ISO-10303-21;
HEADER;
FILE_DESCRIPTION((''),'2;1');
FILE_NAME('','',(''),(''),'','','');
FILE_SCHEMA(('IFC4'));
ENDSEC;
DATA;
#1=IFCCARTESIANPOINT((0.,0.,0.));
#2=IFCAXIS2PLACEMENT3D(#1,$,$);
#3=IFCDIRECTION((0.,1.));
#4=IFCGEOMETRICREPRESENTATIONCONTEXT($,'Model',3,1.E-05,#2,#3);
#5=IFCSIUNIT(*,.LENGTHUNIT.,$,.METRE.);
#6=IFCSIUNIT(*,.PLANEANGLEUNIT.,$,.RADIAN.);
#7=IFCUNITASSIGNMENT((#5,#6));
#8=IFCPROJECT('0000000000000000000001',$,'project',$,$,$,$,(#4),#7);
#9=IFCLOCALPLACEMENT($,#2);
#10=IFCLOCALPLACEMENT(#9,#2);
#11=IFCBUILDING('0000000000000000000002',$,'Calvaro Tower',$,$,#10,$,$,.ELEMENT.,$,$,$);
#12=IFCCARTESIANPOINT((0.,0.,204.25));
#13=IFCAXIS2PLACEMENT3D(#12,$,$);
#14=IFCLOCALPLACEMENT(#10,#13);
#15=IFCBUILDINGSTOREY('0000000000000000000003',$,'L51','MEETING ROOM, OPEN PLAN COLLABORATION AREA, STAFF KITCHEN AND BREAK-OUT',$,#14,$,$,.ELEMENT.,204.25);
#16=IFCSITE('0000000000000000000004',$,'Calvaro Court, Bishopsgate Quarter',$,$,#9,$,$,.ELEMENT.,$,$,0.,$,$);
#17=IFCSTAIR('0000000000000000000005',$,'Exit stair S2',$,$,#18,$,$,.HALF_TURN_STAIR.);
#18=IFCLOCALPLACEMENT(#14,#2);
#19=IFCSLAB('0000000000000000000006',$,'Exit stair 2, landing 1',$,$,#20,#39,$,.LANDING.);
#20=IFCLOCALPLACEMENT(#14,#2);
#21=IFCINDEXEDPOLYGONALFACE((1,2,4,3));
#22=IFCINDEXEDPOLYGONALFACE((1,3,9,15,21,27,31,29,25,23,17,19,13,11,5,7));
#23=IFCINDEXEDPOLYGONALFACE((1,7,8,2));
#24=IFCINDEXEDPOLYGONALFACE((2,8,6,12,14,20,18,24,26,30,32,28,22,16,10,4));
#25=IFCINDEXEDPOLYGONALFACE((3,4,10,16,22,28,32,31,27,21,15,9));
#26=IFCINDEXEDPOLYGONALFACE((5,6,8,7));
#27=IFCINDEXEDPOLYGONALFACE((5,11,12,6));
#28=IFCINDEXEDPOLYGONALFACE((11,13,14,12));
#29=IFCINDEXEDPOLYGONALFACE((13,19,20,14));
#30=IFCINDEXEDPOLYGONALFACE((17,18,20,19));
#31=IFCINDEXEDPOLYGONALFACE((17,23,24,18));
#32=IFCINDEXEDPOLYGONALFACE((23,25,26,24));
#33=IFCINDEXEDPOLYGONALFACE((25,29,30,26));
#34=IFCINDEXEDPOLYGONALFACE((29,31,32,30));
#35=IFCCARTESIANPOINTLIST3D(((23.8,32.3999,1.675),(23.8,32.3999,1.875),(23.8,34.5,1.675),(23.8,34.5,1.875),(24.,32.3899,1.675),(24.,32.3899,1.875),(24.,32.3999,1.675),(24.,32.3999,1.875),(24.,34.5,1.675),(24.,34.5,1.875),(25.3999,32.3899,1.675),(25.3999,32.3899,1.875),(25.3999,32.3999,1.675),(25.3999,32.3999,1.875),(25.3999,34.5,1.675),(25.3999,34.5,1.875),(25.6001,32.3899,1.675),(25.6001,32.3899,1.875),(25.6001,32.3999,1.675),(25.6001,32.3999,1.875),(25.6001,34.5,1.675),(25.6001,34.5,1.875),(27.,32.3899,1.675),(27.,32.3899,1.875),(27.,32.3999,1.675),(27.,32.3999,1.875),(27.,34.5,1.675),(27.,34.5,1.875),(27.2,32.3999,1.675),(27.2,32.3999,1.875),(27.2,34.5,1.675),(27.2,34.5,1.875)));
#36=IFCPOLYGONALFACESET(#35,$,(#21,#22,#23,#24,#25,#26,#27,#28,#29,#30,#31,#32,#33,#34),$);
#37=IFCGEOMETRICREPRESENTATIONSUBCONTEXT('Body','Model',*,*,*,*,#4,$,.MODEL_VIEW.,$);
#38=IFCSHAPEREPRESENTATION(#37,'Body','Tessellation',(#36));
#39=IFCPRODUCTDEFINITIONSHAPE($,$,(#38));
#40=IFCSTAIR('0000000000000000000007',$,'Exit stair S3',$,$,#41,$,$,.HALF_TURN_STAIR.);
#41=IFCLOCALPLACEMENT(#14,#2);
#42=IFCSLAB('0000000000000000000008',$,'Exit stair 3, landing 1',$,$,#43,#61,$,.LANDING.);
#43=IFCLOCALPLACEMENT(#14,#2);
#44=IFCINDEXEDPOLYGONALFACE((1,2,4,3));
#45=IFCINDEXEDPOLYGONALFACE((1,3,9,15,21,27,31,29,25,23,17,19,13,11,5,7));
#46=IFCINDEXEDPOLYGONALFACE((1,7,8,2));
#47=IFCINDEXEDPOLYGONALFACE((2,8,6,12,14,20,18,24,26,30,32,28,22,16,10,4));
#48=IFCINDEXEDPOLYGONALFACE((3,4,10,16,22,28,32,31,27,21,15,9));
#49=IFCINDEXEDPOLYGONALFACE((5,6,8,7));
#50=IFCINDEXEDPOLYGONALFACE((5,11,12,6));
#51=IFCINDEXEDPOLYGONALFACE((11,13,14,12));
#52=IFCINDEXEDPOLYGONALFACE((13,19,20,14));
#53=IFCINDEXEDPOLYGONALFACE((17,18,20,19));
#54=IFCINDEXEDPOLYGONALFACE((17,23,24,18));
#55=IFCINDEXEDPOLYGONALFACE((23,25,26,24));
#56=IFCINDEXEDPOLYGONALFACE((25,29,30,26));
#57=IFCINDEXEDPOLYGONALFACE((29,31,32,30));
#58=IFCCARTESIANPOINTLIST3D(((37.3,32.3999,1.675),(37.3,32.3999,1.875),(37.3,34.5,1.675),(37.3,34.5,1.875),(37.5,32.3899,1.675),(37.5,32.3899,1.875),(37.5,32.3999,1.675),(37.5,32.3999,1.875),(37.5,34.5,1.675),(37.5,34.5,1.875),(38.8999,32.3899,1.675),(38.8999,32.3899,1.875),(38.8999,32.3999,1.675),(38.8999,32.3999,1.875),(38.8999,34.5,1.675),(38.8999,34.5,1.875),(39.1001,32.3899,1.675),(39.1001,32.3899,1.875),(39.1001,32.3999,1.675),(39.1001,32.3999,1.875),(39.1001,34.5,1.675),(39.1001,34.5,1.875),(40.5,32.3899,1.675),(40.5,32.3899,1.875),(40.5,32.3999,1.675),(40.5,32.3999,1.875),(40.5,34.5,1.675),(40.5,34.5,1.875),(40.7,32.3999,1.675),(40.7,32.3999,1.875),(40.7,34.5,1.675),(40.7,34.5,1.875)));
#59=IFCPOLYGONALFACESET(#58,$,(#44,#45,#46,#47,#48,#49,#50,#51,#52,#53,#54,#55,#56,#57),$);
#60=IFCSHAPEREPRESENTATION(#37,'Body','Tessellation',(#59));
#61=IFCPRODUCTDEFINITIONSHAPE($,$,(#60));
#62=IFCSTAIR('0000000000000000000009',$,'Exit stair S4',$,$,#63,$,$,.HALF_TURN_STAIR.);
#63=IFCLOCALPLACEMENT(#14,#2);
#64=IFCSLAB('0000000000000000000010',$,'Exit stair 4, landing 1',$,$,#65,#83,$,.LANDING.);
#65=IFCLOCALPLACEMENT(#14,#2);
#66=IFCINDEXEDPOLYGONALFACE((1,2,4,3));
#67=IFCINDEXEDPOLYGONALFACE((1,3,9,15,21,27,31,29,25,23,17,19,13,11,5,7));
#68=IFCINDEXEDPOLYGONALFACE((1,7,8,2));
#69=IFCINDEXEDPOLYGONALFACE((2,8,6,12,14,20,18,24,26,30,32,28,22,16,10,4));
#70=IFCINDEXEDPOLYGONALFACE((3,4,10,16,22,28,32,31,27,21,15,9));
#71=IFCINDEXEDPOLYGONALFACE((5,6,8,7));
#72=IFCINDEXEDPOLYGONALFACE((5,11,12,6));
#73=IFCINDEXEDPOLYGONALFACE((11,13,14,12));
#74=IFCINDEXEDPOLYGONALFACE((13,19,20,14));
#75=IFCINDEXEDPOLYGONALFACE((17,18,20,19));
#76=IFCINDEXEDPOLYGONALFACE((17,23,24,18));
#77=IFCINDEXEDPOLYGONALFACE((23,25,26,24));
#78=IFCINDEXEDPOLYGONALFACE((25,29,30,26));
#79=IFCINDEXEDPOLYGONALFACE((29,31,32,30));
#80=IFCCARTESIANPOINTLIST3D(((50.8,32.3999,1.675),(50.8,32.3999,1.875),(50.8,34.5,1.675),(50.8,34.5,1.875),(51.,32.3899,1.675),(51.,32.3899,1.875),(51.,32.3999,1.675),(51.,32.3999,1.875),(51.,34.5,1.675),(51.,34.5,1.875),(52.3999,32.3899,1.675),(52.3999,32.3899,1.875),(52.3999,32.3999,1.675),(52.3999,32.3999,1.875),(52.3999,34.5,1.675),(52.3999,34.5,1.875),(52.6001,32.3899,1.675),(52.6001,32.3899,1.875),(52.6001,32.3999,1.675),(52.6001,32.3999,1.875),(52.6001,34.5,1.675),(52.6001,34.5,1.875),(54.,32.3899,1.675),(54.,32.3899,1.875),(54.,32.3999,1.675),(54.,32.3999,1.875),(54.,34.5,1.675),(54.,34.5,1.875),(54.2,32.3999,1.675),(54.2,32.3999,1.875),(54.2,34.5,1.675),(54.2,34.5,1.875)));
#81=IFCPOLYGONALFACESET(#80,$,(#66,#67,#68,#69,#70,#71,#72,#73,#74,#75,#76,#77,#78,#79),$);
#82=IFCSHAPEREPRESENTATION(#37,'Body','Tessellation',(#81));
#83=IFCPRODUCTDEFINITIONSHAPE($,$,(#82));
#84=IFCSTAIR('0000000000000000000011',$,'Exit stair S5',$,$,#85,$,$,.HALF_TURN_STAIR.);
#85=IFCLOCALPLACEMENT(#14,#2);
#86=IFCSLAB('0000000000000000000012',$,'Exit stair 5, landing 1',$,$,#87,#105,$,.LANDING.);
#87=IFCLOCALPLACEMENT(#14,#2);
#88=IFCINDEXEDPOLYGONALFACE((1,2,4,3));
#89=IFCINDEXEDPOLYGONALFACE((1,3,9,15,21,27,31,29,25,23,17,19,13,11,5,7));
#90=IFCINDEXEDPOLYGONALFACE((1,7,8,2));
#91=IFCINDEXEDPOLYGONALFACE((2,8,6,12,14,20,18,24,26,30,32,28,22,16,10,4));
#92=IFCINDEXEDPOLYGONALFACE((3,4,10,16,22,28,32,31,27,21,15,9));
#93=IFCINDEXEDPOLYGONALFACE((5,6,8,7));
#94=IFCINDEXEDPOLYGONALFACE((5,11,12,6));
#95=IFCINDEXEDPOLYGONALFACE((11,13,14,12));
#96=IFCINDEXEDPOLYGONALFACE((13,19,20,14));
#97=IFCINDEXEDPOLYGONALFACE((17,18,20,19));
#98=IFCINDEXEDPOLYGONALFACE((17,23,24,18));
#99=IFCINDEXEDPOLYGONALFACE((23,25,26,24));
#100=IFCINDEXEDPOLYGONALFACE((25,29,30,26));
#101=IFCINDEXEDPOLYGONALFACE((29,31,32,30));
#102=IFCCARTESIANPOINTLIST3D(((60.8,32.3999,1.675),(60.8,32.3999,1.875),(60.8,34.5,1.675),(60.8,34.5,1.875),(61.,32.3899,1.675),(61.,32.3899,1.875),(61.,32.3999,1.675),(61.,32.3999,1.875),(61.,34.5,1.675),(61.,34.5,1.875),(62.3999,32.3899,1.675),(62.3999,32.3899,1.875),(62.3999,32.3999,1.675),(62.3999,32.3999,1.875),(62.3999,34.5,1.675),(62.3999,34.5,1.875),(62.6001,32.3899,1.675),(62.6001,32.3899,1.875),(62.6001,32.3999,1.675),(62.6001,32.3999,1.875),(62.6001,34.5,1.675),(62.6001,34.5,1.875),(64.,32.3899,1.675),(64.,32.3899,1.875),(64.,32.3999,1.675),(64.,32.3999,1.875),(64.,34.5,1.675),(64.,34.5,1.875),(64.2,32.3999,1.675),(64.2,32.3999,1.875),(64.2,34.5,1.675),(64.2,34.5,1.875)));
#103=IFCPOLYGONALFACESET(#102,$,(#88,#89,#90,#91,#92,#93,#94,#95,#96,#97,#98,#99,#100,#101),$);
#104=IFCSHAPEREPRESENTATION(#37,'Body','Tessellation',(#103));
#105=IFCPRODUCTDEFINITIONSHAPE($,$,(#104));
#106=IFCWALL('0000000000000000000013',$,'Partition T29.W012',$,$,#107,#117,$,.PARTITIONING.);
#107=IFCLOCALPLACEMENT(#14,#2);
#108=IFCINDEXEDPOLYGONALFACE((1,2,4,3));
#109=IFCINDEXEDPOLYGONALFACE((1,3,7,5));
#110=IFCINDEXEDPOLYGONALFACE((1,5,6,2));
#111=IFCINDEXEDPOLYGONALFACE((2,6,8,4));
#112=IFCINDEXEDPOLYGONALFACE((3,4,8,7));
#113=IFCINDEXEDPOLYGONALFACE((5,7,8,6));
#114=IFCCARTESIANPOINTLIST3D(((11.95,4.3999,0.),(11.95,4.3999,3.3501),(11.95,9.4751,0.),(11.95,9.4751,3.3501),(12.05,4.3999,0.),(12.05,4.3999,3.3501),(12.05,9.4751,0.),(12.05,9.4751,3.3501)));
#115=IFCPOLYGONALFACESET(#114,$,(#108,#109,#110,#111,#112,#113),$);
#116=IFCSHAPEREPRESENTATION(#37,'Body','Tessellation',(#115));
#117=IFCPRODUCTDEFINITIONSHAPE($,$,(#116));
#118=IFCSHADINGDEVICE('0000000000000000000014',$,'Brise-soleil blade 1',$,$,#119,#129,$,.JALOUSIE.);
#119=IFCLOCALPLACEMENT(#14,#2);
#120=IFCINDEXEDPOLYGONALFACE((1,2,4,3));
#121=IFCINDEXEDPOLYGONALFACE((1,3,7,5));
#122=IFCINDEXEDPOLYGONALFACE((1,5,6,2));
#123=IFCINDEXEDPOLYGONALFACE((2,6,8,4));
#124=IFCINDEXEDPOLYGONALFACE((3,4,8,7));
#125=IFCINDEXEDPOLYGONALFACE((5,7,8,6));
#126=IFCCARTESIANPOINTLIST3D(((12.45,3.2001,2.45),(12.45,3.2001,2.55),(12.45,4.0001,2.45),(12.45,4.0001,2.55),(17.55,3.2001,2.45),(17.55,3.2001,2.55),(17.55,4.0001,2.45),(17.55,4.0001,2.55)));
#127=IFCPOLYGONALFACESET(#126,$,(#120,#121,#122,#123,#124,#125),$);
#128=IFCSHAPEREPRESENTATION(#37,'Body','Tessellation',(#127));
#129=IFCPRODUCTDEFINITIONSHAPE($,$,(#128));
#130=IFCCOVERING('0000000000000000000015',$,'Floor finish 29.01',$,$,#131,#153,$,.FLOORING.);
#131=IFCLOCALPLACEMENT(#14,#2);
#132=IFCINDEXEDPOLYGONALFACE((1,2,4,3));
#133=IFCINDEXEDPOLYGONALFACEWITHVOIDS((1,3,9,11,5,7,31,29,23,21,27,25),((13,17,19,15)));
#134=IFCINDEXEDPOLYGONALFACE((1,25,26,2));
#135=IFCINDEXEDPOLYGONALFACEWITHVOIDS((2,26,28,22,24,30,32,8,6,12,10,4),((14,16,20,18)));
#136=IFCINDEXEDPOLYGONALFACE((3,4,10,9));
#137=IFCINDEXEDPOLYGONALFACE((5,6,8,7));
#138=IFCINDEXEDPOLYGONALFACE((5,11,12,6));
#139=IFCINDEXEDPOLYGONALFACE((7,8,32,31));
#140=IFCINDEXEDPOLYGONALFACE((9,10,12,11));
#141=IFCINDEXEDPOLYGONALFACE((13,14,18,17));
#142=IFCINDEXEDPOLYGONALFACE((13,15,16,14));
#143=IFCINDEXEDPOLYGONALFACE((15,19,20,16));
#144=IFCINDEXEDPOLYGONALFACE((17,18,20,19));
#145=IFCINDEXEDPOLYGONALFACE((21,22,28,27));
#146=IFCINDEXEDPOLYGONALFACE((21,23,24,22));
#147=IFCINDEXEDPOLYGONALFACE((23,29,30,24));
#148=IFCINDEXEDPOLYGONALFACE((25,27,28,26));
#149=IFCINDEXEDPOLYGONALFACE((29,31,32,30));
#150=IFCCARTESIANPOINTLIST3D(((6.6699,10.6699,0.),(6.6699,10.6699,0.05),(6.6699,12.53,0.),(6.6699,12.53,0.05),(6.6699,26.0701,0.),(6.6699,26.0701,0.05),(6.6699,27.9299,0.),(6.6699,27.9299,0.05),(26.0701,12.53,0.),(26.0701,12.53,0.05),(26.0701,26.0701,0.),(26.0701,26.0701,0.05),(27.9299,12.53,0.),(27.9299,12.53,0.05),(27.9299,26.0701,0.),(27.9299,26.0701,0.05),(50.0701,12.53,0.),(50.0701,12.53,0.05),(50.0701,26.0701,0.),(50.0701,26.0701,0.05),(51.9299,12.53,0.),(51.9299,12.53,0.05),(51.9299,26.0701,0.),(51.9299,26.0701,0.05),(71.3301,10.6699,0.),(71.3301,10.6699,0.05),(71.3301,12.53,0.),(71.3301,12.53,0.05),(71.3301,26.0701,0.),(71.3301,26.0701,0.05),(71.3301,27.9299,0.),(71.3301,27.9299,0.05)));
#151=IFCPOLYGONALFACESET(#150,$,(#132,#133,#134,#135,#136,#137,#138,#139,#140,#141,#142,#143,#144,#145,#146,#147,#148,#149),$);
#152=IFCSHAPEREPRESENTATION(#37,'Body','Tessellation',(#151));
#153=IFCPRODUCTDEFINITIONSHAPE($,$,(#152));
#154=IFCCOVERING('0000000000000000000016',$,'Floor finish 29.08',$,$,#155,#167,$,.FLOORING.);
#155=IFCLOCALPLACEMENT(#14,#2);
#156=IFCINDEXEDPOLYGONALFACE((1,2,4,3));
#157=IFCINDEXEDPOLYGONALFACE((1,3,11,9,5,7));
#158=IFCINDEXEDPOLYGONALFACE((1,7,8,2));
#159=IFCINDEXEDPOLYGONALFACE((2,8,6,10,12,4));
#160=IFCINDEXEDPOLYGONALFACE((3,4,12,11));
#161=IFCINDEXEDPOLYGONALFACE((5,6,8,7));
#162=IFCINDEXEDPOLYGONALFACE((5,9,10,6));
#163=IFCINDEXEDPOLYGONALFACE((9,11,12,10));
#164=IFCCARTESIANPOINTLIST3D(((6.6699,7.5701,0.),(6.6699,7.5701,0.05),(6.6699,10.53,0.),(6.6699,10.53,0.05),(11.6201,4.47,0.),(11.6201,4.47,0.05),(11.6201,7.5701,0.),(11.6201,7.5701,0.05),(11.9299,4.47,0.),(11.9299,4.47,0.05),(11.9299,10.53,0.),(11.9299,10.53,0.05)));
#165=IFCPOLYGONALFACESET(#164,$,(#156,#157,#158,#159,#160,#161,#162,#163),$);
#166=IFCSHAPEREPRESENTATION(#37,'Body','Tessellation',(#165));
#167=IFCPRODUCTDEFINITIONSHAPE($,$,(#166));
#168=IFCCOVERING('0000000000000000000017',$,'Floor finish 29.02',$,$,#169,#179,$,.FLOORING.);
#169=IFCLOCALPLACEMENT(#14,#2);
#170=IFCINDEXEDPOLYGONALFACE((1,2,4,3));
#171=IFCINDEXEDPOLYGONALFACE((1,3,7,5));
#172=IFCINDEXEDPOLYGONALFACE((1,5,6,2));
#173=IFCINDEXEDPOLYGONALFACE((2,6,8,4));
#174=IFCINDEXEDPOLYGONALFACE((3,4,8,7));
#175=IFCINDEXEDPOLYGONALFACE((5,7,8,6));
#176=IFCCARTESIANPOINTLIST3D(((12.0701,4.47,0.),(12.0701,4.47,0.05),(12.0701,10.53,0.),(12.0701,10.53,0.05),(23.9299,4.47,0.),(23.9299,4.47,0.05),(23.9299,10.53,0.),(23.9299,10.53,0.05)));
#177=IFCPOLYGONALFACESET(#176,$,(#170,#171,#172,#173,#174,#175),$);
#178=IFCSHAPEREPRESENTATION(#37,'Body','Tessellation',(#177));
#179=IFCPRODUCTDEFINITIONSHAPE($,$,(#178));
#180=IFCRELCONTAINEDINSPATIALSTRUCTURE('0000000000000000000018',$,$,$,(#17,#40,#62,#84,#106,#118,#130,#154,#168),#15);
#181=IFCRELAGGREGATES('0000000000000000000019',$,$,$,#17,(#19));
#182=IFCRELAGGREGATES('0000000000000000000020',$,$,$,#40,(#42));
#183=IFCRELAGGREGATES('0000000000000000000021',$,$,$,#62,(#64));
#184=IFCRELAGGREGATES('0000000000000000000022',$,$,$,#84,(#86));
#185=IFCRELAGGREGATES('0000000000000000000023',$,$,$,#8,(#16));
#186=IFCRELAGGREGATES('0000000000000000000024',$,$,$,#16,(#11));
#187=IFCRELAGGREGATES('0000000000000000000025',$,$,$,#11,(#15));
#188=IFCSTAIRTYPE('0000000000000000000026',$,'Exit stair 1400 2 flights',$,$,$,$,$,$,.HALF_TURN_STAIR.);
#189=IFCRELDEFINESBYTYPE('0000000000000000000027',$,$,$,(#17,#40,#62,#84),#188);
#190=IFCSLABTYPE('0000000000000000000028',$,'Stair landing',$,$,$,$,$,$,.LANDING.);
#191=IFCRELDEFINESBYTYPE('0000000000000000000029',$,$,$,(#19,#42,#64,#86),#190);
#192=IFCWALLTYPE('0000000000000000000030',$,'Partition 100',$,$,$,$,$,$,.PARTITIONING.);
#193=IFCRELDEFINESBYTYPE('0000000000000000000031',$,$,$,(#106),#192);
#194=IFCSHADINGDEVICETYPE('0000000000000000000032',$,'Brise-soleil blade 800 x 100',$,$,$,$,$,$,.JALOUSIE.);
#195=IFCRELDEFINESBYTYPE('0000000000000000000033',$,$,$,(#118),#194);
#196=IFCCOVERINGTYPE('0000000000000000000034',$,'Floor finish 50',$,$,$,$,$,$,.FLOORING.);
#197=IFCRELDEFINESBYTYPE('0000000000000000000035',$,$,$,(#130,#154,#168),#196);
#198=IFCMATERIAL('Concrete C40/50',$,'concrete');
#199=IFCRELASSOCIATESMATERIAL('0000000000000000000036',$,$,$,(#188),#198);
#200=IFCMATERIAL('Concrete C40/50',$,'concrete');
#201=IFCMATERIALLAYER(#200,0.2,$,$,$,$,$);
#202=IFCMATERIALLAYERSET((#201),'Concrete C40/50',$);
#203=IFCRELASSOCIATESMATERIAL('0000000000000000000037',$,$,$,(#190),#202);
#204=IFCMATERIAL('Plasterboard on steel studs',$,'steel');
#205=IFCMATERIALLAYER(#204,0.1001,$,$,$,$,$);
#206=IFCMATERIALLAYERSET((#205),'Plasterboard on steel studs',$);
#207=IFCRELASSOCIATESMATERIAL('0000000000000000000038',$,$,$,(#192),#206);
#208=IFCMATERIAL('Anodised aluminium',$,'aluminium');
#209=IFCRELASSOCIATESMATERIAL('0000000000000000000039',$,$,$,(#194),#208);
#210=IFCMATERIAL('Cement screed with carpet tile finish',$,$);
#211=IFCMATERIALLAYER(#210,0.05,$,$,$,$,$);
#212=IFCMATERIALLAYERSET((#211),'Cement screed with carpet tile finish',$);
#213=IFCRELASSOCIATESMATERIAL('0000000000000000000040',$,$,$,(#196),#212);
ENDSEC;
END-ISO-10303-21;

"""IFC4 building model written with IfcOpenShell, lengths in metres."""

from ifc_helpers import new_model, si_unit, direction, frame, frame_2d, origin, origin_2d, place, context, subcontext, project, spatial, polyline, rectangle, outline, extrude, material, layer, layer_set, material_profile, profile_set, type_object, element, aggregate, save


model = new_model("IFC4")

# Units and contexts
model_context = context("Model", 3, precision=1e-05, world=origin(), true_north=direction((0.0, 1.0)))
body_context = subcontext(model_context, "Body", "Model", "MODEL_VIEW")
ifc_project = project(units=[si_unit("LENGTHUNIT", "METRE"), si_unit("PLANEANGLEUNIT", "RADIAN")], contexts=[model_context])

# Site, building, storey
site_placement = place(None, origin())
site = spatial("IfcSite", under=ifc_project, at=site_placement, Name="Calvaro Court, Bishopsgate Quarter", CompositionType="ELEMENT", RefElevation=0.0)
building_placement = place(site_placement, origin())
building = spatial("IfcBuilding", under=site, at=building_placement, Name="Calvaro Tower", CompositionType="ELEMENT")
storey_placement = place(building_placement, frame((0.0, 0.0, 204.25)))
storey = spatial("IfcBuildingStorey", under=building, at=storey_placement, Name="L51", Description="MEETING ROOM, OPEN PLAN COLLABORATION AREA, STAFF KITCHEN AND BREAK-OUT", CompositionType="ELEMENT", Elevation=204.25)

# Stairs, slabs
ifc_material_1 = material(Name="Concrete C40/50", Category="concrete")
stair_type = type_object("IfcStairType", Name="Exit stair 1400 2 flights", PredefinedType="HALF_TURN_STAIR", material=ifc_material_1)
ifc_material_2 = material(Name="Concrete C40/50", Category="concrete")
ifc_layer_1 = layer(ifc_material_2, 0.2)
ifc_layer_set_1 = layer_set([ifc_layer_1], Name="Concrete C40/50")
slab_type_1 = type_object("IfcSlabType", Name="Stair landing", PredefinedType="LANDING", material=ifc_layer_set_1)
stair_1_placement = place(storey_placement, origin())
stair_1 = element("IfcStair", 1, at=stair_1_placement, inside=storey, type_object=stair_type, Name="Exit stair S2", PredefinedType="HALF_TURN_STAIR")
slab_1_placement = place(storey_placement, frame((0.0, 0.0, 1.675)))
slab_1 = element("IfcSlab", 2, at=slab_1_placement, type_object=slab_type_1, Name="Exit stair 2, landing 1", PredefinedType="LANDING", context=body_context, shape_type="SweptSolid", body=[
    extrude(outline(polyline([(25.3999, 32.3899), (24.0, 32.3899), (24.0, 32.3999), (23.8, 32.3999), (23.8, 34.5), (24.0, 34.5), (25.3999, 34.5), (25.6001, 34.5), (27.0, 34.5), (27.2, 34.5), (27.2, 32.3999), (27.0, 32.3999), (27.0, 32.3899), (25.6001, 32.3899), (25.6001, 32.3999), (25.3999, 32.3999), (25.3999, 32.3899)])), origin(), (0.0, 0.0, 1.0), 0.2),
])
aggregate(stair_1, [slab_1])
stair_2_placement = place(storey_placement, origin())
stair_2 = element("IfcStair", 3, at=stair_2_placement, inside=storey, type_object=stair_type, Name="Exit stair S3", PredefinedType="HALF_TURN_STAIR")
slab_2_placement = place(storey_placement, frame((0.0, 0.0, 1.675)))
slab_2 = element("IfcSlab", 4, at=slab_2_placement, type_object=slab_type_1, Name="Exit stair 3, landing 1", PredefinedType="LANDING", context=body_context, shape_type="SweptSolid", body=[
    extrude(outline(polyline([(38.8999, 32.3899), (37.5, 32.3899), (37.5, 32.3999), (37.3, 32.3999), (37.3, 34.5), (37.5, 34.5), (38.8999, 34.5), (39.1001, 34.5), (40.5, 34.5), (40.7, 34.5), (40.7, 32.3999), (40.5, 32.3999), (40.5, 32.3899), (39.1001, 32.3899), (39.1001, 32.3999), (38.8999, 32.3999), (38.8999, 32.3899)])), origin(), (0.0, 0.0, 1.0), 0.2),
])
aggregate(stair_2, [slab_2])
stair_3_placement = place(storey_placement, origin())
stair_3 = element("IfcStair", 5, at=stair_3_placement, inside=storey, type_object=stair_type, Name="Exit stair S4", PredefinedType="HALF_TURN_STAIR")
slab_3_placement = place(storey_placement, frame((0.0, 0.0, 1.675)))
slab_3 = element("IfcSlab", 6, at=slab_3_placement, type_object=slab_type_1, Name="Exit stair 4, landing 1", PredefinedType="LANDING", context=body_context, shape_type="SweptSolid", body=[
    extrude(outline(polyline([(52.3999, 32.3899), (51.0, 32.3899), (51.0, 32.3999), (50.8, 32.3999), (50.8, 34.5), (51.0, 34.5), (52.3999, 34.5), (52.6001, 34.5), (54.0, 34.5), (54.2, 34.5), (54.2, 32.3999), (54.0, 32.3999), (54.0, 32.3899), (52.6001, 32.3899), (52.6001, 32.3999), (52.3999, 32.3999), (52.3999, 32.3899)])), origin(), (0.0, 0.0, 1.0), 0.2),
])
aggregate(stair_3, [slab_3])
stair_4_placement = place(storey_placement, origin())
stair_4 = element("IfcStair", 7, at=stair_4_placement, inside=storey, type_object=stair_type, Name="Exit stair S5", PredefinedType="HALF_TURN_STAIR")
slab_4_placement = place(storey_placement, frame((0.0, 0.0, 1.675)))
slab_4 = element("IfcSlab", 8, at=slab_4_placement, type_object=slab_type_1, Name="Exit stair 5, landing 1", PredefinedType="LANDING", context=body_context, shape_type="SweptSolid", body=[
    extrude(outline(polyline([(62.3999, 32.3899), (61.0, 32.3899), (61.0, 32.3999), (60.8, 32.3999), (60.8, 34.5), (61.0, 34.5), (62.3999, 34.5), (62.6001, 34.5), (64.0, 34.5), (64.2, 34.5), (64.2, 32.3999), (64.0, 32.3999), (64.0, 32.3899), (62.6001, 32.3899), (62.6001, 32.3999), (62.3999, 32.3999), (62.3999, 32.3899)])), origin(), (0.0, 0.0, 1.0), 0.2),
])
aggregate(stair_4, [slab_4])

# Wall
ifc_material_3 = material(Name="Plasterboard on steel studs", Category="steel")
ifc_layer_2 = layer(ifc_material_3, 0.1001)
ifc_layer_set_2 = layer_set([ifc_layer_2], Name="Plasterboard on steel studs")
wall_type = type_object("IfcWallType", Name="Partition 100", PredefinedType="PARTITIONING", material=ifc_layer_set_2)
wall_placement = place(storey_placement, frame((12.0, 4.3999, 0.0), z_axis=(0.0, 0.0, 1.0), x_axis=(0.0, 1.0, 0.0)))
element("IfcWall", 9, at=wall_placement, inside=storey, type_object=wall_type, Name="Partition T29.W012", PredefinedType="PARTITIONING", context=body_context, shape_type="SweptSolid", body=[
    extrude(rectangle(XDim=5.0752, YDim=0.1001, at=frame_2d((2.5376, 0.0))), origin(), (0.0, 0.0, 1.0), 3.3501),
])

# Shading device
ifc_material_4 = material(Name="Anodised aluminium", Category="aluminium")
ifc_material_profile_1 = material_profile(ifc_material_4, rectangle(XDim=0.8, YDim=0.1001, at=origin_2d()), Name="Brise-soleil blade 800 x 100")
ifc_profile_set_1 = profile_set([ifc_material_profile_1], Name="Anodised aluminium")
shading_device_type = type_object("IfcShadingDeviceType", Name="Brise-soleil blade 800 x 100", PredefinedType="JALOUSIE", material=ifc_profile_set_1)
shading_device_placement = place(storey_placement, frame((12.45, 3.6001, 2.5), z_axis=(1.0, 0.0, 0.0), x_axis=(0.0, 1.0, 0.0)))
element("IfcShadingDevice", 10, at=shading_device_placement, inside=storey, type_object=shading_device_type, Name="Brise-soleil blade 1", PredefinedType="JALOUSIE", context=body_context, shape_type="SweptSolid", body=[
    extrude(rectangle(XDim=0.8, YDim=0.1001, at=origin_2d()), origin(), (0.0, 0.0, 1.0), 5.1001),
])

# Coverings
ifc_material_5 = material(Name="Cement screed with carpet tile finish")
ifc_layer_3 = layer(ifc_material_5, 0.05)
ifc_layer_set_3 = layer_set([ifc_layer_3], Name="Cement screed with carpet tile finish")
covering_type = type_object("IfcCoveringType", Name="Floor finish 50", PredefinedType="FLOORING", material=ifc_layer_set_3)
covering_1_placement = place(storey_placement, origin())
element("IfcCovering", 11, at=covering_1_placement, inside=storey, type_object=covering_type, Name="Floor finish 29.01", PredefinedType="FLOORING", context=body_context, shape_type="SweptSolid", body=[
    extrude(outline(polyline([(6.6699, 10.6699), (6.6699, 12.53), (26.0701, 12.53), (26.0701, 26.0701), (6.6699, 26.0701), (6.6699, 27.9299), (71.3301, 27.9299), (71.3301, 26.0701), (51.9299, 26.0701), (51.9299, 12.53), (71.3301, 12.53), (71.3301, 10.6699), (6.6699, 10.6699)]), holes=[polyline([(50.0701, 12.53), (50.0701, 26.0701), (27.9299, 26.0701), (27.9299, 12.53), (50.0701, 12.53)])]), origin(), (0.0, 0.0, 1.0), 0.05),
])
covering_2_placement = place(storey_placement, origin())
element("IfcCovering", 12, at=covering_2_placement, inside=storey, type_object=covering_type, Name="Floor finish 29.08", PredefinedType="FLOORING", context=body_context, shape_type="SweptSolid", body=[
    extrude(outline(polyline([(11.9299, 10.53), (11.9299, 4.47), (11.6201, 4.47), (11.6201, 7.5701), (6.6699, 7.5701), (6.6699, 10.53), (11.9299, 10.53)])), origin(), (0.0, 0.0, 1.0), 0.05),
])
covering_3_placement = place(storey_placement, origin())
element("IfcCovering", 13, at=covering_3_placement, inside=storey, type_object=covering_type, Name="Floor finish 29.02", PredefinedType="FLOORING", context=body_context, shape_type="SweptSolid", body=[
    extrude(outline(polyline([(12.0701, 10.53), (23.9299, 10.53), (23.9299, 4.47), (12.0701, 4.47), (12.0701, 10.53)])), origin(), (0.0, 0.0, 1.0), 0.05),
])

save(model, "model.ifc")
